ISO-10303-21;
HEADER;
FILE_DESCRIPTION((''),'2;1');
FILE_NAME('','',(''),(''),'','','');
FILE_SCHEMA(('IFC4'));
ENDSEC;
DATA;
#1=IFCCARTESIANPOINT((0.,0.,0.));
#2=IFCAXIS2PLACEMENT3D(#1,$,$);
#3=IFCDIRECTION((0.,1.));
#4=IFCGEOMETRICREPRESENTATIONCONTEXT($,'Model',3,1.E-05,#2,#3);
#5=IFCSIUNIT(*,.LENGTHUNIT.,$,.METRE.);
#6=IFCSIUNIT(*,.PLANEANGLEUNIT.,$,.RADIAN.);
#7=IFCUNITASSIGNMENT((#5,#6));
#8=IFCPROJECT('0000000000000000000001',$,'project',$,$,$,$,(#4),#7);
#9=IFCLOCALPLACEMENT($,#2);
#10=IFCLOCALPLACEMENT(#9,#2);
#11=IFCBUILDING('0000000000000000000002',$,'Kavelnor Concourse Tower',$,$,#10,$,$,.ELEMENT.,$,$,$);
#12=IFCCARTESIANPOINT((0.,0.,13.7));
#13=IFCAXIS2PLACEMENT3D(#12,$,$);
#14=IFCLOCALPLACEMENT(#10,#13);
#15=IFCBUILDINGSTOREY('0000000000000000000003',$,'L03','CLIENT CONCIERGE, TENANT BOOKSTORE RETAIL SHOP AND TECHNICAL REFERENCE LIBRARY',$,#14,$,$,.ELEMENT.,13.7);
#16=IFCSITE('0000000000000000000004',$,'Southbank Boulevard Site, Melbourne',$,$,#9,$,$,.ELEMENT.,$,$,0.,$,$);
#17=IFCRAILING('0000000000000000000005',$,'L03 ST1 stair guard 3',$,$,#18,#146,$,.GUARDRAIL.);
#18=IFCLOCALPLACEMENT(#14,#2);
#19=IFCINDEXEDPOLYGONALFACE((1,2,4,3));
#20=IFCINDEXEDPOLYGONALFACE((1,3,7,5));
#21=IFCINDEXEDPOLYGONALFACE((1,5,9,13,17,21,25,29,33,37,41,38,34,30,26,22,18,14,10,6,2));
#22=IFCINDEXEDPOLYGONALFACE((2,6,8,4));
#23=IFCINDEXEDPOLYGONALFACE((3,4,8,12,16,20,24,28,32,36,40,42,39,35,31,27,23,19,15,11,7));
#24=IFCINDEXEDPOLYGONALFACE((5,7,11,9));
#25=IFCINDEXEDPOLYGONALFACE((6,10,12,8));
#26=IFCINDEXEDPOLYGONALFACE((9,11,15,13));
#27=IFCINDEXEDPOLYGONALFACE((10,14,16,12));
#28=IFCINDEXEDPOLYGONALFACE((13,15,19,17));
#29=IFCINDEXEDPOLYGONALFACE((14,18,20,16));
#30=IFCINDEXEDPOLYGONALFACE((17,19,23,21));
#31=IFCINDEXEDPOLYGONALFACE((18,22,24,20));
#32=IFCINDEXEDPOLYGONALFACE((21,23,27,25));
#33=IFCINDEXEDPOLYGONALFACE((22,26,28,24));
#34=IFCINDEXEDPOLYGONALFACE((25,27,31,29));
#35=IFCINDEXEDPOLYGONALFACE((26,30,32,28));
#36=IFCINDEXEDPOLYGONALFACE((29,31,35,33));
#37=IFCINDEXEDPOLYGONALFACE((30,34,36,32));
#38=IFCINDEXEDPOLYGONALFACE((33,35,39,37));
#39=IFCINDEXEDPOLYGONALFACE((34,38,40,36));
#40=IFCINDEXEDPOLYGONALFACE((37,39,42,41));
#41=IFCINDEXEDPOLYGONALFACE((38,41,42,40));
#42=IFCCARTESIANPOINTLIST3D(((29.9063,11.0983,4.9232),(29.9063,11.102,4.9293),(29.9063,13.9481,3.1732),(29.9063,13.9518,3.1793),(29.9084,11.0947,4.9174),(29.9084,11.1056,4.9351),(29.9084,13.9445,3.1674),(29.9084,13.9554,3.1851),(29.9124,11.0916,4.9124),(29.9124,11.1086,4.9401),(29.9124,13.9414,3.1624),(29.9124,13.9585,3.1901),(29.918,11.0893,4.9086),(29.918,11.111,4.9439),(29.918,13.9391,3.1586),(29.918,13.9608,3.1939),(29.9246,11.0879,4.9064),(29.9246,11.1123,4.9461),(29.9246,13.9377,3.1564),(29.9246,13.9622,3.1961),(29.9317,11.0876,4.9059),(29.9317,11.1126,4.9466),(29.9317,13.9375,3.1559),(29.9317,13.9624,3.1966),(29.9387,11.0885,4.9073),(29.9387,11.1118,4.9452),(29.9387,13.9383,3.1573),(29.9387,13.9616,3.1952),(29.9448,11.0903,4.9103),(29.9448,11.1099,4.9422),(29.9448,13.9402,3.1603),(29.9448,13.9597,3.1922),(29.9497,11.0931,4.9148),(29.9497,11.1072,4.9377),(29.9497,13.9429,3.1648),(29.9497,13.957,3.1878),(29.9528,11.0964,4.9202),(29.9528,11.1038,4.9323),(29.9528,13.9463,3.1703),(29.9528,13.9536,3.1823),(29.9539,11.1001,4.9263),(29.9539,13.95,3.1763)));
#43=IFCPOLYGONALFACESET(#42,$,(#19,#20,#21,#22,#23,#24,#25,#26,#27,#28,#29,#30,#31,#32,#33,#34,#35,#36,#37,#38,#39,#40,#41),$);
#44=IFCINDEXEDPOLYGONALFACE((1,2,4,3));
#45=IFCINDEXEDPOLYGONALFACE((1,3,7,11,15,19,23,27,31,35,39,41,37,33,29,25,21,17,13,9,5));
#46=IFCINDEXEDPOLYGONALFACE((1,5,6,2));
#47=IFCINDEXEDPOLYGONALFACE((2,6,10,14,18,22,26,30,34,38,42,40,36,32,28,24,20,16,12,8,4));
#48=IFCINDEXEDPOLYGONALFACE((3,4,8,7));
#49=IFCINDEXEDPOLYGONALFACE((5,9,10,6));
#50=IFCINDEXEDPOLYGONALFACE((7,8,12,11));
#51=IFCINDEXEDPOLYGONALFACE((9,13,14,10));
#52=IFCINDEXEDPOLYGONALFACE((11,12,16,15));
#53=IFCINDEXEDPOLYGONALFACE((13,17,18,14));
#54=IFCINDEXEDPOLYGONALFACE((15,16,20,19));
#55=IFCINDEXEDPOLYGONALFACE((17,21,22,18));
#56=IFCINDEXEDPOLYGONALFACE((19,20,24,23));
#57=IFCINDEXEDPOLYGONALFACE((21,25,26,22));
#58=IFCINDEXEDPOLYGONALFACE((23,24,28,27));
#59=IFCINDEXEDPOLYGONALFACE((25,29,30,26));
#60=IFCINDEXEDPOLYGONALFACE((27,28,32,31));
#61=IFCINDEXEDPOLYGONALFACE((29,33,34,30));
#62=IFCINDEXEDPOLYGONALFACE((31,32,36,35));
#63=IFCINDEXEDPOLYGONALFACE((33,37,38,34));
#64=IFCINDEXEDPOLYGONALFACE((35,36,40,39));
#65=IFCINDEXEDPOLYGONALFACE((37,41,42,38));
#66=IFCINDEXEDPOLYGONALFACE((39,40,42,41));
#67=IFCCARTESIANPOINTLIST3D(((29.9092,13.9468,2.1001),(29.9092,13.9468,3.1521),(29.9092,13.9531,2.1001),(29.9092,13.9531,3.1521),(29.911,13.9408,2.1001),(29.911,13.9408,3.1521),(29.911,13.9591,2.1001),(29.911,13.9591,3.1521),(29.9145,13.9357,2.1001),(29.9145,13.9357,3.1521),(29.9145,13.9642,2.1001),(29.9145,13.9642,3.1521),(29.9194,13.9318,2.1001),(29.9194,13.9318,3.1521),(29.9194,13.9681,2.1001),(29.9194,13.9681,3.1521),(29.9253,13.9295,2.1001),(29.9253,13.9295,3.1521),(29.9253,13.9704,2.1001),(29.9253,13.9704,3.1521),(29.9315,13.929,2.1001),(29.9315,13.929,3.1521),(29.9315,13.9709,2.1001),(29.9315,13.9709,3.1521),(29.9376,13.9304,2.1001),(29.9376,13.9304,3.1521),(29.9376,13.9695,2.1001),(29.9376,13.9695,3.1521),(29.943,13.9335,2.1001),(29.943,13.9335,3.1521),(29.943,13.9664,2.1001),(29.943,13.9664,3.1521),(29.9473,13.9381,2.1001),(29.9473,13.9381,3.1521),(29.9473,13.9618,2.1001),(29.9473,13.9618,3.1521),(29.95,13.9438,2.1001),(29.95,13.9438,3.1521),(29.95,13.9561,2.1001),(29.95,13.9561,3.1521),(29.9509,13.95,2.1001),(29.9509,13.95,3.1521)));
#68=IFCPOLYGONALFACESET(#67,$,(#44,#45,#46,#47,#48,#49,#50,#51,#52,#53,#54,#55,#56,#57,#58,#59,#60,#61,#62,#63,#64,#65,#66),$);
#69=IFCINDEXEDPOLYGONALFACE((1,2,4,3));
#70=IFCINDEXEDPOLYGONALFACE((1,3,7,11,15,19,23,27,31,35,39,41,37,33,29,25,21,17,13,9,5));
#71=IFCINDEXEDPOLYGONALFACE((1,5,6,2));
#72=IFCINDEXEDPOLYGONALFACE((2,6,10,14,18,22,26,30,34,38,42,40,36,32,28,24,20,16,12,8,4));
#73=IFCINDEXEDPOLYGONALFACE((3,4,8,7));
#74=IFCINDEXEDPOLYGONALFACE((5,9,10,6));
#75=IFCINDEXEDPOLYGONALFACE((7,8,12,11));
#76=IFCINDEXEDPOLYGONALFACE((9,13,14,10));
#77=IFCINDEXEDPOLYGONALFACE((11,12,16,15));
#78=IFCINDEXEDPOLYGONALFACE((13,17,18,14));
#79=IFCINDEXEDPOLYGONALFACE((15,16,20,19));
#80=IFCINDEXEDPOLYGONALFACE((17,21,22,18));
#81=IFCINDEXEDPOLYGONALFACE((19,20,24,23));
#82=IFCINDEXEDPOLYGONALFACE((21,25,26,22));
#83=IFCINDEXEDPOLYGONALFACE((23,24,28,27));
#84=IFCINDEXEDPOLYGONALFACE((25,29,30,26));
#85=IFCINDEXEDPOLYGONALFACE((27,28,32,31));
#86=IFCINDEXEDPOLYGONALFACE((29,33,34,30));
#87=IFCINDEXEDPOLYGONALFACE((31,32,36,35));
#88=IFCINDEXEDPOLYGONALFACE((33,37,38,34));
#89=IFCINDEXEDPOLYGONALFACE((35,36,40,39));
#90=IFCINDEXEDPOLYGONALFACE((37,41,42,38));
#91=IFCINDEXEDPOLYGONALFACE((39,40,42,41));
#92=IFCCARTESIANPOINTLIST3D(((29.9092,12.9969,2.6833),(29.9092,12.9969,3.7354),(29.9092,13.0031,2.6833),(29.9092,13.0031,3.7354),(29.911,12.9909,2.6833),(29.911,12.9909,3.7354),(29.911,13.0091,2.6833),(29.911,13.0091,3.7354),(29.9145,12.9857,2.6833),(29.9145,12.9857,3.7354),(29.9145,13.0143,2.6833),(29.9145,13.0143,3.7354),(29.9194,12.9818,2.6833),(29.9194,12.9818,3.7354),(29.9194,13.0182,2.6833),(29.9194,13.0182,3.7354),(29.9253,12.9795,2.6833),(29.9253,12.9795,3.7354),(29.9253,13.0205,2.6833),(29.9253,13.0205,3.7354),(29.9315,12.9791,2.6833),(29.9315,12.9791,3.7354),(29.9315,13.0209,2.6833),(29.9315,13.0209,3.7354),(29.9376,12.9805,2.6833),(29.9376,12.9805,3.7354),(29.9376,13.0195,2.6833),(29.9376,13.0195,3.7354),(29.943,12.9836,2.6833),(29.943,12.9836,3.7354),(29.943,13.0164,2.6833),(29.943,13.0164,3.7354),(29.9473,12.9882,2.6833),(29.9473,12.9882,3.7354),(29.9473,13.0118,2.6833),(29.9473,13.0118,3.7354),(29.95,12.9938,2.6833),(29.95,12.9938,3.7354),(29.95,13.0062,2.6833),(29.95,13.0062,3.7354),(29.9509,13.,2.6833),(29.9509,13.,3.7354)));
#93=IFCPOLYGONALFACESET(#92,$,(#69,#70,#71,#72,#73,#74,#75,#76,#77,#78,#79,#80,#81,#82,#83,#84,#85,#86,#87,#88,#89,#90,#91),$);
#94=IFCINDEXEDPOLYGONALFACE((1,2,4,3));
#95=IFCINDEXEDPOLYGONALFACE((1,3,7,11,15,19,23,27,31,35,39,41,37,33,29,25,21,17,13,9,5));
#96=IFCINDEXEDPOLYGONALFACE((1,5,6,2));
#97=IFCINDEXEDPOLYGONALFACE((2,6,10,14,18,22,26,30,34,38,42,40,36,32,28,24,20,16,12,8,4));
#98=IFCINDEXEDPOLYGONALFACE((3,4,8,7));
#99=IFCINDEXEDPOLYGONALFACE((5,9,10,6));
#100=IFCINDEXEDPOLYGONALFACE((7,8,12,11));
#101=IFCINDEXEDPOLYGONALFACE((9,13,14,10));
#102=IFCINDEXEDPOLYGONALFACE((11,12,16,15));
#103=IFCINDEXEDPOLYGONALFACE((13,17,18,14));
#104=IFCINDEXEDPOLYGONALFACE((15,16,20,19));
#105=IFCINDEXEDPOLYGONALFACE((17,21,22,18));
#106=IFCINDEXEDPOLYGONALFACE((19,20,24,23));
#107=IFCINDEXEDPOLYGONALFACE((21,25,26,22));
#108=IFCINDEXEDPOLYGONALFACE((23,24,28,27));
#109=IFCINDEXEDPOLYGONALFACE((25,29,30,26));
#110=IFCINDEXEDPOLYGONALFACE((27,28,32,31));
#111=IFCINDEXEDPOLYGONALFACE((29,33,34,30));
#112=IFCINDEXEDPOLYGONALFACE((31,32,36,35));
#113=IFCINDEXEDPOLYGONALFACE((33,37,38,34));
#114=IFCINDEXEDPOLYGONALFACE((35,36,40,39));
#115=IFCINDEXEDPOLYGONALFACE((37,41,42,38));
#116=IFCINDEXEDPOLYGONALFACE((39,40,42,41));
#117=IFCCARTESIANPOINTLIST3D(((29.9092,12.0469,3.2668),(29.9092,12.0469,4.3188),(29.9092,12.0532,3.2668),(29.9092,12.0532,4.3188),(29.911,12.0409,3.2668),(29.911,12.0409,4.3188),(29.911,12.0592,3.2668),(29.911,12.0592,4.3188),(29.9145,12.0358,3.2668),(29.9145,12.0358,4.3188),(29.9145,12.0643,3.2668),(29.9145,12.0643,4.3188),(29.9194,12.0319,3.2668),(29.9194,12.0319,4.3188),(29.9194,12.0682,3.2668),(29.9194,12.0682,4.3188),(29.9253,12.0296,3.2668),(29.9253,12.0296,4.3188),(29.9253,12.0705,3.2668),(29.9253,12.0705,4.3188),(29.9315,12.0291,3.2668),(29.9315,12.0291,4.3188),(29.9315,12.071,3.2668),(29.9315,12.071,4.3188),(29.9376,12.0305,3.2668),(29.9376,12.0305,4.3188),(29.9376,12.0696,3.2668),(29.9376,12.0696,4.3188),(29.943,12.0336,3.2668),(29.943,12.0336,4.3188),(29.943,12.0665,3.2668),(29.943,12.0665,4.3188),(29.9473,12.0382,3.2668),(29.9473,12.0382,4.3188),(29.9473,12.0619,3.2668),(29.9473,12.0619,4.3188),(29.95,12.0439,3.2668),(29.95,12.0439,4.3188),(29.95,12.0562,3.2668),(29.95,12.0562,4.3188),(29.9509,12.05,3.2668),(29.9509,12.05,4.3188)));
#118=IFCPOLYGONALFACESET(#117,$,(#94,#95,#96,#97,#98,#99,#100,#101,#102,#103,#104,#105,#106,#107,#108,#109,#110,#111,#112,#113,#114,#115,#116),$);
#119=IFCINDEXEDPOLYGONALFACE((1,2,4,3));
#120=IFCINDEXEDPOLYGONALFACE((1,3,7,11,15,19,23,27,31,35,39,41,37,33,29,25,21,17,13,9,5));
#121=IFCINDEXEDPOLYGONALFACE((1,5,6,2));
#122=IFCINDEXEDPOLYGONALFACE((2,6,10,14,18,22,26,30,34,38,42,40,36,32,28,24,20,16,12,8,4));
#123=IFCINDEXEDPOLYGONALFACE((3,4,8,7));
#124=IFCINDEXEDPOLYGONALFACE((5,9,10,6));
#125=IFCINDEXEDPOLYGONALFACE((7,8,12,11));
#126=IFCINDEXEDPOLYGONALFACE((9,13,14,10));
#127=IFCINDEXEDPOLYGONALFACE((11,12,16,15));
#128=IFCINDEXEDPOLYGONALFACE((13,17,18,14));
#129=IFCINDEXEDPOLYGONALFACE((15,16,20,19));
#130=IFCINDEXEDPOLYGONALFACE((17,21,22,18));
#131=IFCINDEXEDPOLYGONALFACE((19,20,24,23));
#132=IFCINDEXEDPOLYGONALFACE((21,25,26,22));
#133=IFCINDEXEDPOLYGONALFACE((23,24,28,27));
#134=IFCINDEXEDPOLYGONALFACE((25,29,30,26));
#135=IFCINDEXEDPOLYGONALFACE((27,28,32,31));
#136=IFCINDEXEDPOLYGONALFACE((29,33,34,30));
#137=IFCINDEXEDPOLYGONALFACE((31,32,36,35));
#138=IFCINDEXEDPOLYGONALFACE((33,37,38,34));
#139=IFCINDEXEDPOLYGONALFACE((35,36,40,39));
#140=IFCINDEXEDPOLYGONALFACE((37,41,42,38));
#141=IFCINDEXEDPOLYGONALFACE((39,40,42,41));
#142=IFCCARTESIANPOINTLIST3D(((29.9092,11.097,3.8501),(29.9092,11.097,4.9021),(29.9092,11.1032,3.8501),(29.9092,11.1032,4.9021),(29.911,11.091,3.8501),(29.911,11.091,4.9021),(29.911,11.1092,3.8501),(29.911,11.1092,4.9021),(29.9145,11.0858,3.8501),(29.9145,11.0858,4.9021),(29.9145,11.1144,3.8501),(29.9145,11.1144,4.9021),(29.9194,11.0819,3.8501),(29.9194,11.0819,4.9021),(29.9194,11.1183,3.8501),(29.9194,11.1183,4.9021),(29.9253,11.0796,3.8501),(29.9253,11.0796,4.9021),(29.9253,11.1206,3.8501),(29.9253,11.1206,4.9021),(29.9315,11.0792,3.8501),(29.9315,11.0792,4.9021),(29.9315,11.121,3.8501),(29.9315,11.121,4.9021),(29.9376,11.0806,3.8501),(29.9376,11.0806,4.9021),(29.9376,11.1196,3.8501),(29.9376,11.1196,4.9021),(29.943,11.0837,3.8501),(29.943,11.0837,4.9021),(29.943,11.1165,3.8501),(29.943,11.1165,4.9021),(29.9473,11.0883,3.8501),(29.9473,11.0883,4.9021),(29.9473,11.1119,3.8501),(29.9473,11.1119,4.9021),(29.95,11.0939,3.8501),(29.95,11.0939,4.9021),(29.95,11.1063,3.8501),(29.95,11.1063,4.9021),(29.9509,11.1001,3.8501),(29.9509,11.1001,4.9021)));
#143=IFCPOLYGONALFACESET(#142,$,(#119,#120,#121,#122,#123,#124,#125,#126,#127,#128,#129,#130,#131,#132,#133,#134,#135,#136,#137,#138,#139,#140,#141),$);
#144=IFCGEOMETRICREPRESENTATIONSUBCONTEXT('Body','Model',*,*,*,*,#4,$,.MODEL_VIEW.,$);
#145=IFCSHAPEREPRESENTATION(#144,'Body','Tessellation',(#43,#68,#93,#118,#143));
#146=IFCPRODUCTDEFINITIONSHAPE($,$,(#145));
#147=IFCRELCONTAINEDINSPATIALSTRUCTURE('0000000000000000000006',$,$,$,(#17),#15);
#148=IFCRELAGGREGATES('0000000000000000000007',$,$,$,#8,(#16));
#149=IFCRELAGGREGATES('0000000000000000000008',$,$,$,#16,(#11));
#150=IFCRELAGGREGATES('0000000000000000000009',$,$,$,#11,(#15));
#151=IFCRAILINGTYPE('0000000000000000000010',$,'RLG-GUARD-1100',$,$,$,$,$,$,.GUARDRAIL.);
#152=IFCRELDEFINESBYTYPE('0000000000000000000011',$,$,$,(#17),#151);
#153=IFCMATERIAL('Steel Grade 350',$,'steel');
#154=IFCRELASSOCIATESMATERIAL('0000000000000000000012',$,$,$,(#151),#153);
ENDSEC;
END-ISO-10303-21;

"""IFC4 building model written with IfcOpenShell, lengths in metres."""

from ifc_helpers import new_model, si_unit, direction, frame, origin, origin_2d, place, context, subcontext, project, spatial, circle, extrude, material, type_object, element, save


model = new_model("IFC4")

# Units and contexts
model_context = context("Model", 3, precision=1e-05, world=origin(), true_north=direction((0.0, 1.0)))
body_context = subcontext(model_context, "Body", "Model", "MODEL_VIEW")
ifc_project = project(units=[si_unit("LENGTHUNIT", "METRE"), si_unit("PLANEANGLEUNIT", "RADIAN")], contexts=[model_context])

# Site, building, storey
site_placement = place(None, origin())
site = spatial("IfcSite", under=ifc_project, at=site_placement, Name="Southbank Boulevard Site, Melbourne", CompositionType="ELEMENT", RefElevation=0.0)
building_placement = place(site_placement, origin())
building = spatial("IfcBuilding", under=site, at=building_placement, Name="Kavelnor Concourse Tower", CompositionType="ELEMENT")
storey_placement = place(building_placement, frame((0.0, 0.0, 13.7)))
storey = spatial("IfcBuildingStorey", under=building, at=storey_placement, Name="L03", Description="CLIENT CONCIERGE, TENANT BOOKSTORE RETAIL SHOP AND TECHNICAL REFERENCE LIBRARY", CompositionType="ELEMENT", Elevation=13.7)

# Shared definitions
ifc_material_1 = material(Name="Steel Grade 350", Category="steel")

# Railing
railing_type_1 = type_object("IfcRailingType", Name="RLG-GUARD-1100", PredefinedType="GUARDRAIL", material=ifc_material_1)
railing_1_placement = place(storey_placement, frame((29.9299, 13.95, 2.1001)))
element("IfcRailing", 1, at=railing_1_placement, inside=storey, type_object=railing_type_1, Name="L03 ST1 stair guard 3", PredefinedType="GUARDRAIL", context=body_context, shape_type="SweptSolid", body=[
    extrude(circle(Radius=0.0239, at=origin_2d()), frame((0.0, 0.0, 1.0762), z_axis=(0.0, -0.852159, 0.523283), x_axis=(1.0, 0.0, 0.0)), (0.0, 0.0, 1.0), 3.3442),
    extrude(circle(Radius=0.021, at=origin_2d()), origin(), (0.0, 0.0, 1.0), 1.052),
    extrude(circle(Radius=0.021, at=origin_2d()), frame((0.0, -0.95, 0.5833)), (0.0, 0.0, 1.0), 1.052),
    extrude(circle(Radius=0.021, at=origin_2d()), frame((0.0, -1.8999, 1.1667)), (0.0, 0.0, 1.0), 1.052),
    extrude(circle(Radius=0.021, at=origin_2d()), frame((0.0, -2.8499, 1.75)), (0.0, 0.0, 1.0), 1.052),
])

save(model, "model.ifc")
